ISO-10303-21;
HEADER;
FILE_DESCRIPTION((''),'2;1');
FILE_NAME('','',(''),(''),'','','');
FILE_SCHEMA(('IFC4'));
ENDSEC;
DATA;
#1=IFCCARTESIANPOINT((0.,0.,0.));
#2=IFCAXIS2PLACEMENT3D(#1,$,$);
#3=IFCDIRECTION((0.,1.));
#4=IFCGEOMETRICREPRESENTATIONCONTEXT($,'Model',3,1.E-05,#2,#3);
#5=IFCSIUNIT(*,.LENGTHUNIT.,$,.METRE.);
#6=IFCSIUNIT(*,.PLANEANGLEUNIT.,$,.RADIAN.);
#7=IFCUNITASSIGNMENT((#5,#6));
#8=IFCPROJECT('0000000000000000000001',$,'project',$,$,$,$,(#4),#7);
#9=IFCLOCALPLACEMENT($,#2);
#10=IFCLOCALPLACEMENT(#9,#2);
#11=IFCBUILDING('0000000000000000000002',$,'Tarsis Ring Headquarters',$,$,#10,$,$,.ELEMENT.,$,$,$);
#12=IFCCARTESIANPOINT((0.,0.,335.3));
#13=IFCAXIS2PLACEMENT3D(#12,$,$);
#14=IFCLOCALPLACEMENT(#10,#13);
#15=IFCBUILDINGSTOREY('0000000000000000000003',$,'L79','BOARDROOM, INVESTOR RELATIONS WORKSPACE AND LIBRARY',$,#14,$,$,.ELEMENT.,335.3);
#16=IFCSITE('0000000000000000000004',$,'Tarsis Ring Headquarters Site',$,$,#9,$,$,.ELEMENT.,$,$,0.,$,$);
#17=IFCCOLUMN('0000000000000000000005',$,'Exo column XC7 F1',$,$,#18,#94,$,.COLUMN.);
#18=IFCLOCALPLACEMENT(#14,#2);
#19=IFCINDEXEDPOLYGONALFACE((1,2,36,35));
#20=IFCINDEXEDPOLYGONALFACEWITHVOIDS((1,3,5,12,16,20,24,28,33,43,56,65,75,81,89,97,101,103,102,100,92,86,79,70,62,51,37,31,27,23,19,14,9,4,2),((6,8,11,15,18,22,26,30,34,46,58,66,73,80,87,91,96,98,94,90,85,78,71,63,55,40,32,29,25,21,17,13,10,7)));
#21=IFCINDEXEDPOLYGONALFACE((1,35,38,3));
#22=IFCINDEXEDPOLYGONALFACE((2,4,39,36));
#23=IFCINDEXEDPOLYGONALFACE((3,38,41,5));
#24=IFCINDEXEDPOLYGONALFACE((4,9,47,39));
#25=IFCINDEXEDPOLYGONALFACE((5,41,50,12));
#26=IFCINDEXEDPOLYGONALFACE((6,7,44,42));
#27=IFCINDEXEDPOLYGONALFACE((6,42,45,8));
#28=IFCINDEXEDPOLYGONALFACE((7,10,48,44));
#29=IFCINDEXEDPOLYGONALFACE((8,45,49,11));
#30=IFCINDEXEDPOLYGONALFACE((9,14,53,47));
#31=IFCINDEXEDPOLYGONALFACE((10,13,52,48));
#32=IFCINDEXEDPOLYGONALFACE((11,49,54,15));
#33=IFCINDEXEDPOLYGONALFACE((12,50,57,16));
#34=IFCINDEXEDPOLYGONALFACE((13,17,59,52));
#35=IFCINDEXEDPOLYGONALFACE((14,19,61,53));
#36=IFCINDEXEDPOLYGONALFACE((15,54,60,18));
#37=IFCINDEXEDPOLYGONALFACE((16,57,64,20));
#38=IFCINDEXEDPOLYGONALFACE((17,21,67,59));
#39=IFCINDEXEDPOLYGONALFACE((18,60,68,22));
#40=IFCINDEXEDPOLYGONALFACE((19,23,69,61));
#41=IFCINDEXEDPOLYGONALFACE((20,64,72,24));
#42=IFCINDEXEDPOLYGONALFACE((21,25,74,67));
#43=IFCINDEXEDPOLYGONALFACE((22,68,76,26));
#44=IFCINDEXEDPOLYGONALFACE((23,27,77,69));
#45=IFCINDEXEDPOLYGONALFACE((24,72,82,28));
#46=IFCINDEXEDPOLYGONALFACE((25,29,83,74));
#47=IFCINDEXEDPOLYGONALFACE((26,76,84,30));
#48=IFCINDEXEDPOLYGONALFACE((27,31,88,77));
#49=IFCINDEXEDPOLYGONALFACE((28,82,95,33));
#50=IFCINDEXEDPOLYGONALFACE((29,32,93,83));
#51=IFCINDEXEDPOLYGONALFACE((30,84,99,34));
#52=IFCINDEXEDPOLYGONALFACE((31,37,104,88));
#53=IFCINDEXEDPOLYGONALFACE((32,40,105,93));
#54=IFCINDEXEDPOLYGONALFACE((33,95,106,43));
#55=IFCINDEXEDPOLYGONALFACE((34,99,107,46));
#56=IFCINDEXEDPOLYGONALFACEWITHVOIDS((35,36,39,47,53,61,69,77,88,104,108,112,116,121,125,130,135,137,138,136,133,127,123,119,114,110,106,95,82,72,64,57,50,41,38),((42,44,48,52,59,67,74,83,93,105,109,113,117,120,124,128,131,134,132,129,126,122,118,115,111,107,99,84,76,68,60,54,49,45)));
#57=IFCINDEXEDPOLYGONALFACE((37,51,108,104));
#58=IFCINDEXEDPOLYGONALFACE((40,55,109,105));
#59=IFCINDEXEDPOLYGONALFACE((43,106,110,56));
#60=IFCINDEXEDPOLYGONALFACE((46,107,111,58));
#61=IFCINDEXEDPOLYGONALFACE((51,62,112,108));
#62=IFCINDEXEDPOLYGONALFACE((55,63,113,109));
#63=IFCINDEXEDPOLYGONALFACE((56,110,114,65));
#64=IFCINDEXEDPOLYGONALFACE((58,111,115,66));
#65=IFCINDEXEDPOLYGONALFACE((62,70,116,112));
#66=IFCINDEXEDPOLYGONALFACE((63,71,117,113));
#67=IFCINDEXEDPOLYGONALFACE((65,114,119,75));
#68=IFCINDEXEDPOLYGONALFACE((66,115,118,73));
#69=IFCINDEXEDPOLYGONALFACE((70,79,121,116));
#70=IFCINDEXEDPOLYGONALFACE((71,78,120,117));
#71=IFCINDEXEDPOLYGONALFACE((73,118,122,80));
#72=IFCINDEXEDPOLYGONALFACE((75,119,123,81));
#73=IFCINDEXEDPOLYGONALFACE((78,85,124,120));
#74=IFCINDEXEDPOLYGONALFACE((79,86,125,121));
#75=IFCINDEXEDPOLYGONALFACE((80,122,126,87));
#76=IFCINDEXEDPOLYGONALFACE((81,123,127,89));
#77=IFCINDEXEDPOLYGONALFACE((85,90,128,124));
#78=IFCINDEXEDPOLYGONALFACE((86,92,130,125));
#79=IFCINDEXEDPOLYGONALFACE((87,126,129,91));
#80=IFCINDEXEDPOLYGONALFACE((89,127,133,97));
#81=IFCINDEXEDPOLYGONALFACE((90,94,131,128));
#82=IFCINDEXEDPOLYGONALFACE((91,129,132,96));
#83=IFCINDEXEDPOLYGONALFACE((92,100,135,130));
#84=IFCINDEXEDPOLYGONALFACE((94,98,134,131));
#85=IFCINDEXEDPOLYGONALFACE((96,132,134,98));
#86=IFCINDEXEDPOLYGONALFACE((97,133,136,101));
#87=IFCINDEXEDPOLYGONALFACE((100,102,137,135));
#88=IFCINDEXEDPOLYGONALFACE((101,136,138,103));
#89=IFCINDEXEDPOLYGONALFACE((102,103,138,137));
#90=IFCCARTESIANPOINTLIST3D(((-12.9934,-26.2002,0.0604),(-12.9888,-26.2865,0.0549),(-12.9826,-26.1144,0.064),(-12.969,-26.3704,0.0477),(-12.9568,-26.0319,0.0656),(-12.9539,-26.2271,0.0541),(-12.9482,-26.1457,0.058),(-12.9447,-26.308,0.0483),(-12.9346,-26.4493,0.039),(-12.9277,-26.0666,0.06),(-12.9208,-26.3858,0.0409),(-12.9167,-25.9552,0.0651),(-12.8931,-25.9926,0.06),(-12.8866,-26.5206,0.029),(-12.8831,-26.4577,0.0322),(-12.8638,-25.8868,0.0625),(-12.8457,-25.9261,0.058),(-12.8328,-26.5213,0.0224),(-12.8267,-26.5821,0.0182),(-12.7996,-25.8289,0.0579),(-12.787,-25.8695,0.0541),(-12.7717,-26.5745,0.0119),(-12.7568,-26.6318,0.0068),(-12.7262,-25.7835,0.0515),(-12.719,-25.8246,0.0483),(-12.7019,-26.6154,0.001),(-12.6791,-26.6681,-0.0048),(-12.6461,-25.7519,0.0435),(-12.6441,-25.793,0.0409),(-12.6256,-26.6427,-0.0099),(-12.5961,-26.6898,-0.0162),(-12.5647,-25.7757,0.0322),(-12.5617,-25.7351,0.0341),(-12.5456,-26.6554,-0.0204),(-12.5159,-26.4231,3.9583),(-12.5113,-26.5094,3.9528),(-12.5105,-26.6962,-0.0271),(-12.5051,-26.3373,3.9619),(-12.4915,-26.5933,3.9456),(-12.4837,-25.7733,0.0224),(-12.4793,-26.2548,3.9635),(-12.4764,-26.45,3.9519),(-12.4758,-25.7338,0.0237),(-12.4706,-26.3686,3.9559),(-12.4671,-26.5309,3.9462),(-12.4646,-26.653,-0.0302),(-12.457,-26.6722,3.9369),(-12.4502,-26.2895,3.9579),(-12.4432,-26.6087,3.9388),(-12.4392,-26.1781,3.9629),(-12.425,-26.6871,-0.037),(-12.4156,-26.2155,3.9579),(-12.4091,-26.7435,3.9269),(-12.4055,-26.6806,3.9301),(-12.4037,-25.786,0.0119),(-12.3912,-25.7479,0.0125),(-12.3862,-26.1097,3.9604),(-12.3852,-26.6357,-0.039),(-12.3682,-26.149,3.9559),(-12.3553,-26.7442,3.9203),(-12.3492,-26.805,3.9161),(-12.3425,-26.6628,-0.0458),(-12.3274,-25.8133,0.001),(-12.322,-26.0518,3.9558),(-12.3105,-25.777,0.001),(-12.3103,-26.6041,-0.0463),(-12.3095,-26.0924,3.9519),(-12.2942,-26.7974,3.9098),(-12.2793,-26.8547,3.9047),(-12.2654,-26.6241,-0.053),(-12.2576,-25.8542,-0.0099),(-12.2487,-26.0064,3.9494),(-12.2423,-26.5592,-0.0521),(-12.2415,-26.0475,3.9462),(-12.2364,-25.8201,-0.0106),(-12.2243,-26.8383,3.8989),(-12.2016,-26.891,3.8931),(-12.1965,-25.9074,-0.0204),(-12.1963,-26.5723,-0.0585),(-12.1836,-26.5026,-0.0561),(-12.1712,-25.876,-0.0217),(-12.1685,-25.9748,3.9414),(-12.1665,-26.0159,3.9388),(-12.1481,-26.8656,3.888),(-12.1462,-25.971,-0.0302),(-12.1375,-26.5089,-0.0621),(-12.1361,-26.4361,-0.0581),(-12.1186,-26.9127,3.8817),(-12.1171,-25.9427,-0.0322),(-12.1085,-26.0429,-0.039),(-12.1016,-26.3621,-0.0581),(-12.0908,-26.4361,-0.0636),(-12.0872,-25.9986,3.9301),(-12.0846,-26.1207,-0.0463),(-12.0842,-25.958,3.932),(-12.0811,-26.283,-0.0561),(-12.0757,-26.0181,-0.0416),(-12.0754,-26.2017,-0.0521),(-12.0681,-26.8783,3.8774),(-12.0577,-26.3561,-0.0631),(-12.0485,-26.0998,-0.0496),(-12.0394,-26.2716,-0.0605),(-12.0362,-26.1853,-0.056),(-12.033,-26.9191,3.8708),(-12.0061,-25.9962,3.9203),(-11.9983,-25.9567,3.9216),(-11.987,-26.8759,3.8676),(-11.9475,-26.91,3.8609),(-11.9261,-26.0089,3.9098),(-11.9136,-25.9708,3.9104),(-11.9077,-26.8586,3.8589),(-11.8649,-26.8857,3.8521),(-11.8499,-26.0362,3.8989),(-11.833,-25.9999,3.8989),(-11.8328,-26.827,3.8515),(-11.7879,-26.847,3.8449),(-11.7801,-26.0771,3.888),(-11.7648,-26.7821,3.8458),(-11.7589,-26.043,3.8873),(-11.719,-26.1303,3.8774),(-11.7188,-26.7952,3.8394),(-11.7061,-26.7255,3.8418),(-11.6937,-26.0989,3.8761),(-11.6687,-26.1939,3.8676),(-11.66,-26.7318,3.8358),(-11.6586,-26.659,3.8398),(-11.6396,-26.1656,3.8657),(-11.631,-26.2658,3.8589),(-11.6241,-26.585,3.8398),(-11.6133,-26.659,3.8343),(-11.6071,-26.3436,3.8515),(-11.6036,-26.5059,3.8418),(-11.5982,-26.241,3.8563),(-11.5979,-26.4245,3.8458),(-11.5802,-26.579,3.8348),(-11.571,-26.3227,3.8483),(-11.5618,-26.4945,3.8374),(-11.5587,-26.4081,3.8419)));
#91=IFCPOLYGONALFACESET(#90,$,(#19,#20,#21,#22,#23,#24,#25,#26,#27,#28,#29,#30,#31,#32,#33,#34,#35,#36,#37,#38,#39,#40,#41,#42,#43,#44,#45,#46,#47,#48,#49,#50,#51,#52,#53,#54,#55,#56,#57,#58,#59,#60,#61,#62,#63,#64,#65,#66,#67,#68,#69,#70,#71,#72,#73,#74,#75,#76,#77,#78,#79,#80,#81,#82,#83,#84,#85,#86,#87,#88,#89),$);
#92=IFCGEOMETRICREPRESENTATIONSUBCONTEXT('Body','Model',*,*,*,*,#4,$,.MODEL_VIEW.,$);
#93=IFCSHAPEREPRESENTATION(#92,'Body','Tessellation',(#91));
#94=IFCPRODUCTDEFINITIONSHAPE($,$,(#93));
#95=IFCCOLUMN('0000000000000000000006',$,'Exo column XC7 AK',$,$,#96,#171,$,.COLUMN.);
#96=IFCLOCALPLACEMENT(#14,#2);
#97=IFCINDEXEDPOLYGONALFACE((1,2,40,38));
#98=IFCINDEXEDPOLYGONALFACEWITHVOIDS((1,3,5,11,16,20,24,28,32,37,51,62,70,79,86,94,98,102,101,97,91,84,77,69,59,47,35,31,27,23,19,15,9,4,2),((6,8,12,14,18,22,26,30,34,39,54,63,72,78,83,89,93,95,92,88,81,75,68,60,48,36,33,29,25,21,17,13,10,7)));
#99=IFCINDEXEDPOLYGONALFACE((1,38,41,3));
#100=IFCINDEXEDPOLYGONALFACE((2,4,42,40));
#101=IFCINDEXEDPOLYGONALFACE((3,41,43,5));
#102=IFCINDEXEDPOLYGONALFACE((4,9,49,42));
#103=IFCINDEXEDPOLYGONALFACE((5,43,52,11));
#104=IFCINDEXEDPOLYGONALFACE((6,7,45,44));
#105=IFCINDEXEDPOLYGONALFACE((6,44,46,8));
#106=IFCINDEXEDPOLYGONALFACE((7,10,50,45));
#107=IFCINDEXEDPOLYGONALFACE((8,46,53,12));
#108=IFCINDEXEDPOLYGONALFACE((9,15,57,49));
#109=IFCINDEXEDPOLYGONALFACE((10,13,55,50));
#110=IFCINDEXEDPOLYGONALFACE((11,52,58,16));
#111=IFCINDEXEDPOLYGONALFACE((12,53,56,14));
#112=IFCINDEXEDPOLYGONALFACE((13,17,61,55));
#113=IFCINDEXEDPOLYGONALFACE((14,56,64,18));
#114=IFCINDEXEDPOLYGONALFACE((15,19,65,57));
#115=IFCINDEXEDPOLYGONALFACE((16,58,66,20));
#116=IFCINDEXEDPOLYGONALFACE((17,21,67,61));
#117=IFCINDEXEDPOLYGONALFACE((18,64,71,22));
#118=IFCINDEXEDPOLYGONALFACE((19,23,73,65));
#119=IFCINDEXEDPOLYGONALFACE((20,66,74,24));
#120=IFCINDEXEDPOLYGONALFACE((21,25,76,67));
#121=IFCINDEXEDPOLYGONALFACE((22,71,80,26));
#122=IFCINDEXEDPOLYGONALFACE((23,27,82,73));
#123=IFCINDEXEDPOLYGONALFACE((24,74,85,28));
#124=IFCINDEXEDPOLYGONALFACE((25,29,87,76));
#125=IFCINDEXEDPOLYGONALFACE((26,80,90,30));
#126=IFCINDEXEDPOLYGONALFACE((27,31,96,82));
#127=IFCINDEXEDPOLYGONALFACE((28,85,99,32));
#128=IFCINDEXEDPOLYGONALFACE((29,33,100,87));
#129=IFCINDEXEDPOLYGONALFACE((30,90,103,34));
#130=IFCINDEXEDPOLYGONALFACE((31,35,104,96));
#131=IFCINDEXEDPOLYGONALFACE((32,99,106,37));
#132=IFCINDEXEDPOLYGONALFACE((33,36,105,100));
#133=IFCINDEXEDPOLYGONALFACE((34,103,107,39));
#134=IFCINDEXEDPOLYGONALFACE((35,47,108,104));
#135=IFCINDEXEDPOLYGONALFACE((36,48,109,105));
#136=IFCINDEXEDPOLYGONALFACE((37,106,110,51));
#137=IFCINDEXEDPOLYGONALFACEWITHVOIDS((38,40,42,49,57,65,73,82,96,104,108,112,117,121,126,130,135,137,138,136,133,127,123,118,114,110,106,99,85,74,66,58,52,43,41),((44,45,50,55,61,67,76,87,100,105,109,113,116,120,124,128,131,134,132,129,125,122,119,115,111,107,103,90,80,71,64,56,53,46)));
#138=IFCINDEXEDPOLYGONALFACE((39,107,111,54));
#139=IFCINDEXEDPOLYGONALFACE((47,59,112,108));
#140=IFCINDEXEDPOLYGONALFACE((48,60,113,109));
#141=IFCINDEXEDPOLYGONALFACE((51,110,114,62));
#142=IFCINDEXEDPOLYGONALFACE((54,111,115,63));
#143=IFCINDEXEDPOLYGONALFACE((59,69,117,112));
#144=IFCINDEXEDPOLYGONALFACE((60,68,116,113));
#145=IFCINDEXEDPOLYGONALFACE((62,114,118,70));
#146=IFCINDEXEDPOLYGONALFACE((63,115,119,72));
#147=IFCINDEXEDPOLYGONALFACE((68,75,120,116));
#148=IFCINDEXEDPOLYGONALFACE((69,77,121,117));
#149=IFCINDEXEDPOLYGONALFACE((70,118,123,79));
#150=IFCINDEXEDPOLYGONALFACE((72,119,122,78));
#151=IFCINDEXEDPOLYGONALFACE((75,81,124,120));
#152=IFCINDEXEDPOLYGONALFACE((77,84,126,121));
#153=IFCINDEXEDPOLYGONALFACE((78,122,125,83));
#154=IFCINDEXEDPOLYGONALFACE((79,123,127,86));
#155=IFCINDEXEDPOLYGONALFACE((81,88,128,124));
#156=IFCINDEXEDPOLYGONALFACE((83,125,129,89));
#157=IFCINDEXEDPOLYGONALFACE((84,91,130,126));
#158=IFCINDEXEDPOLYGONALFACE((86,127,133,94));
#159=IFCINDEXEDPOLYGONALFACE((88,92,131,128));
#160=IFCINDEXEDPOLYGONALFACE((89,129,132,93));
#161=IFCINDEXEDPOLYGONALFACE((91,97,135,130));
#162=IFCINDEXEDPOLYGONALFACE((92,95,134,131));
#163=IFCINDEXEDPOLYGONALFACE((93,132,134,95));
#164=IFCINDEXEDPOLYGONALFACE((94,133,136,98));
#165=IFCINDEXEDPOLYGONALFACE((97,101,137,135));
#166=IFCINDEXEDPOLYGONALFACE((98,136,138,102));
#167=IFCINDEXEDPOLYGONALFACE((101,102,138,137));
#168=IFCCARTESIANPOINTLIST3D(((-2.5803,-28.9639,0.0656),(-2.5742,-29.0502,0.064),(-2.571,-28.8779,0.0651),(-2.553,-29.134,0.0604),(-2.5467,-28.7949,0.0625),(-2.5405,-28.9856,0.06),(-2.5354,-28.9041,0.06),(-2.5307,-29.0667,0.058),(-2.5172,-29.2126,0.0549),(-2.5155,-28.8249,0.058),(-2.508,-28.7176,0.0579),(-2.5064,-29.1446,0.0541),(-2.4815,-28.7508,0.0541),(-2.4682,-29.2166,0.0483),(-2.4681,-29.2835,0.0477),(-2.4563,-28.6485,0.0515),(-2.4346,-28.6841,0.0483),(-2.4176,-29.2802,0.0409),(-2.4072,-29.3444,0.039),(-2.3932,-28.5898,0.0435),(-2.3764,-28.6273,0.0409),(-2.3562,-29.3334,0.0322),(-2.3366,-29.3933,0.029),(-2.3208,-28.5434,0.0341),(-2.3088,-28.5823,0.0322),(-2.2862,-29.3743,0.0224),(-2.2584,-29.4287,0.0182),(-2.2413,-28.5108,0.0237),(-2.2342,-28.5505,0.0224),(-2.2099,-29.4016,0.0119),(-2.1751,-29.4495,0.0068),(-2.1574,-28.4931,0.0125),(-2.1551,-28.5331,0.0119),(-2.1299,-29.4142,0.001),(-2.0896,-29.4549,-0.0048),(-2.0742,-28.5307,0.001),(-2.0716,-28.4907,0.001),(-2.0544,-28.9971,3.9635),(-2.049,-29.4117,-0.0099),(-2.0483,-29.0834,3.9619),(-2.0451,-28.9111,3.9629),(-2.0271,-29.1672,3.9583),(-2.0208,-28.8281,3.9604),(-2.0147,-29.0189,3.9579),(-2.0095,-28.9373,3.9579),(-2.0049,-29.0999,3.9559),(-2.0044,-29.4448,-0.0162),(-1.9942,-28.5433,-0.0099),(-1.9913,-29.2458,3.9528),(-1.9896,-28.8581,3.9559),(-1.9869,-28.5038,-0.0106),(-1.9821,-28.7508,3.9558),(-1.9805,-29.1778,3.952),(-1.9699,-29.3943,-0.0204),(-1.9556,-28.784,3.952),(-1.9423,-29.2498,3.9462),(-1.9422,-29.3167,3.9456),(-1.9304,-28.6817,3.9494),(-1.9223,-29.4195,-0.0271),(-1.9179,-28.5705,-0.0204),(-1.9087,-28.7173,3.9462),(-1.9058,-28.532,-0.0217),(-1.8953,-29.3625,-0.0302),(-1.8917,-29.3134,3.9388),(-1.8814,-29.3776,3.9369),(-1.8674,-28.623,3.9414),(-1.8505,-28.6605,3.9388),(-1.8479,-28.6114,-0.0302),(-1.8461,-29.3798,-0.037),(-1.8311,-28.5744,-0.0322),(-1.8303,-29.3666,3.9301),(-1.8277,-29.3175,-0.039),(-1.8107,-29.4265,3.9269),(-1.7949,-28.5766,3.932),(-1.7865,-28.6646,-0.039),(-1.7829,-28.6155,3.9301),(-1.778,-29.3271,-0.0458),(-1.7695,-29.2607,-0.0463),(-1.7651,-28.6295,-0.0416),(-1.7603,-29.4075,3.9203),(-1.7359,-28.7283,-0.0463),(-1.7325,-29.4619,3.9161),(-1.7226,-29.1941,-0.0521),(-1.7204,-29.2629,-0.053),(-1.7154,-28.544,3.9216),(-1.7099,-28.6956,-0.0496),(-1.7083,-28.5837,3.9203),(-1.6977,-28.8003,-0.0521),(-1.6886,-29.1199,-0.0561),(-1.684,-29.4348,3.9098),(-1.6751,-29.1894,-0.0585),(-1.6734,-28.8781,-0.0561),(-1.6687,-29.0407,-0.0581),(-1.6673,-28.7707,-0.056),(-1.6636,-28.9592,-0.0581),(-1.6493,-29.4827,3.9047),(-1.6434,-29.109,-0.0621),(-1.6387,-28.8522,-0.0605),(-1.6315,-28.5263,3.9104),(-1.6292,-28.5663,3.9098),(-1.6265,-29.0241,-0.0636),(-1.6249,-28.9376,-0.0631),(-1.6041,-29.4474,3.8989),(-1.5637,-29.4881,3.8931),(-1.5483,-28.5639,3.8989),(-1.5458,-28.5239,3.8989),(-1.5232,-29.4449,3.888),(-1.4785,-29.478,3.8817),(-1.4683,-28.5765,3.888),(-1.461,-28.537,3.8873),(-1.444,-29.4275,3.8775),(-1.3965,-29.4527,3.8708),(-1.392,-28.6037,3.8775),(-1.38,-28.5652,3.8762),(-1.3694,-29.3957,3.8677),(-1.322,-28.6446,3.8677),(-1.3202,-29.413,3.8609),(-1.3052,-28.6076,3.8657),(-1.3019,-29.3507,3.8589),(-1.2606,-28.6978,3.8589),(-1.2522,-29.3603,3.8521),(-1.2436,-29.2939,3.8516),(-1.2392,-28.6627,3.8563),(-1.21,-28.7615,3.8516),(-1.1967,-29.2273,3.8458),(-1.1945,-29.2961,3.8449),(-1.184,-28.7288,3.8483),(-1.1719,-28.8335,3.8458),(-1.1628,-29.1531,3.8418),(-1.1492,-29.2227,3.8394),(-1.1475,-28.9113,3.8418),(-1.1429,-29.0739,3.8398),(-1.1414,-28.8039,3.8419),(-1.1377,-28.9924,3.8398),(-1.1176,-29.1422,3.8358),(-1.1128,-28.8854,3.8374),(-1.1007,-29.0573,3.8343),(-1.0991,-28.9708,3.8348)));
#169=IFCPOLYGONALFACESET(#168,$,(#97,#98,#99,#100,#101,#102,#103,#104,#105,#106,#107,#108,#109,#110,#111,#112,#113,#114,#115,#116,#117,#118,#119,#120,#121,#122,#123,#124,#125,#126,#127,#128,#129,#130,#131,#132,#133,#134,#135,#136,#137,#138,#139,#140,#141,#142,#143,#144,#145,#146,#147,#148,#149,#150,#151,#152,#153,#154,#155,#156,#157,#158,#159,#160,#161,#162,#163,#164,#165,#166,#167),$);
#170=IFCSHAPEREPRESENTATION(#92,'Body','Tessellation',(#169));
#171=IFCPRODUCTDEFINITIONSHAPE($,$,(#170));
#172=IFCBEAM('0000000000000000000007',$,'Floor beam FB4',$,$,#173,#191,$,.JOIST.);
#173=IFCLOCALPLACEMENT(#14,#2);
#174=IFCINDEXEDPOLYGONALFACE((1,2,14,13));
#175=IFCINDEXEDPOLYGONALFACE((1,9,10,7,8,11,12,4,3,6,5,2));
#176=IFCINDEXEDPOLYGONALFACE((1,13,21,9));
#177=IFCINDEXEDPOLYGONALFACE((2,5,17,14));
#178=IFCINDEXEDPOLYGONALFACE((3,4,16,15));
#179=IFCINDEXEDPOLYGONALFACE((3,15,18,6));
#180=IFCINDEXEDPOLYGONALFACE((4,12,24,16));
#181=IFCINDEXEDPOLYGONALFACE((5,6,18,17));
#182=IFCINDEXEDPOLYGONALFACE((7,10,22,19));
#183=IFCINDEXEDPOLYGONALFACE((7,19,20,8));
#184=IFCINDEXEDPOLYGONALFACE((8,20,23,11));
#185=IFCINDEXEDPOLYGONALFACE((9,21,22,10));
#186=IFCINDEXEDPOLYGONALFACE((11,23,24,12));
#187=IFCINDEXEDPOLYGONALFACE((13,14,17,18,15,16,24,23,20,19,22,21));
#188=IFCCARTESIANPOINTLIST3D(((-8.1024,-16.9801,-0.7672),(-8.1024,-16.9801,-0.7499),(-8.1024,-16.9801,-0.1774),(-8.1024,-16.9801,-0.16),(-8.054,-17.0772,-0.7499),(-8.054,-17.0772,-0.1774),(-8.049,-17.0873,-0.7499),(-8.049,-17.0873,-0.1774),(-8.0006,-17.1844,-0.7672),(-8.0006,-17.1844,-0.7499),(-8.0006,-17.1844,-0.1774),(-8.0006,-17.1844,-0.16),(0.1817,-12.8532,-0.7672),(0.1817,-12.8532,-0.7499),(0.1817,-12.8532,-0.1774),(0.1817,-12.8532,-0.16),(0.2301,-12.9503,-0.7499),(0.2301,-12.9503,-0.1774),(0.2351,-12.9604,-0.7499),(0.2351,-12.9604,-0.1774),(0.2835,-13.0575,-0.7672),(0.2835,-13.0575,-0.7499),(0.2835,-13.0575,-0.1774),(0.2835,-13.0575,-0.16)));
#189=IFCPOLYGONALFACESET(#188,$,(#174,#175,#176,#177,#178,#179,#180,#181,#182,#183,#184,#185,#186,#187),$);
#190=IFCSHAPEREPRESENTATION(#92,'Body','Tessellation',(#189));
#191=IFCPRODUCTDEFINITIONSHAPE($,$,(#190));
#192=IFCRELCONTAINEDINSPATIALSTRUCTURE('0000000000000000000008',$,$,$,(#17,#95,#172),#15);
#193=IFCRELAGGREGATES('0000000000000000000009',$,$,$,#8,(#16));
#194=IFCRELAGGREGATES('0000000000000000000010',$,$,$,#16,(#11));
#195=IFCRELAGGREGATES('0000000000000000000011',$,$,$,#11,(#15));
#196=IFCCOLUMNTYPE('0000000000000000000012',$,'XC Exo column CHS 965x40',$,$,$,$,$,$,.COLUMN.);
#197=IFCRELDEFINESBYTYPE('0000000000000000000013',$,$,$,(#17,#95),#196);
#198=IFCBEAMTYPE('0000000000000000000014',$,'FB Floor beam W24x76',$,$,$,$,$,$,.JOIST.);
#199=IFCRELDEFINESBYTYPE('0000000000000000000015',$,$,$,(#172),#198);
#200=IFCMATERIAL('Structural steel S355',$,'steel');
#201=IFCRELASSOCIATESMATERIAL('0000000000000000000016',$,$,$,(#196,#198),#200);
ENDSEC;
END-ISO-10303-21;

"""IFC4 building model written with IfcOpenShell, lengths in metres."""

from ifc_helpers import new_model, si_unit, direction, frame, origin, origin_2d, place, context, subcontext, project, spatial, hollow_circle, i_section, extrude, material, material_profile, profile_set, type_object, element, save


model = new_model("IFC4")

# Units and contexts
model_context = context("Model", 3, precision=1e-05, world=origin(), true_north=direction((0.0, 1.0)))
body_context = subcontext(model_context, "Body", "Model", "MODEL_VIEW")
ifc_project = project(units=[si_unit("LENGTHUNIT", "METRE"), si_unit("PLANEANGLEUNIT", "RADIAN")], contexts=[model_context])

# Site, building, storey
site_placement = place(None, origin())
site = spatial("IfcSite", under=ifc_project, at=site_placement, Name="Tarsis Ring Headquarters Site", CompositionType="ELEMENT", RefElevation=0.0)
building_placement = place(site_placement, origin())
building = spatial("IfcBuilding", under=site, at=building_placement, Name="Tarsis Ring Headquarters", CompositionType="ELEMENT")
storey_placement = place(building_placement, frame((0.0, 0.0, 335.3)))
storey = spatial("IfcBuildingStorey", under=building, at=storey_placement, Name="L79", Description="BOARDROOM, INVESTOR RELATIONS WORKSPACE AND LIBRARY", CompositionType="ELEMENT", Elevation=335.3)

# Columns
ifc_material_1 = material(Name="Structural steel S355", Category="steel")
ifc_material_profile_1 = material_profile(ifc_material_1, hollow_circle(Radius=0.4827, WallThickness=0.04, at=origin_2d()), Name="CHS 965x40")
ifc_profile_set_1 = profile_set([ifc_material_profile_1], Name="Structural steel S355")
column_type = type_object("IfcColumnType", Name="XC Exo column CHS 965x40", PredefinedType="COLUMN", material=ifc_profile_set_1)
for number, where, z_axis, x_axis, name in (
    (1, (-12.5146, -26.2144, 0.001), (0.121406, -0.056668, 0.990984), (0.422962, 0.906148, 0.0), "Exo column XC7 F1"),
    (2, (-2.1021, -28.9724, 0.001), (0.133696, -0.008441, 0.990986), (0.063013, 0.998013, 0.0), "Exo column XC7 AK"),
):
    element("IfcColumn", number, at=place(storey_placement, frame(where, z_axis=z_axis, x_axis=x_axis)), inside=storey, type_object=column_type, Name=name, PredefinedType="COLUMN", context=body_context, shape_type="SweptSolid", body=[
        extrude(hollow_circle(Radius=0.4827, WallThickness=0.04, at=origin_2d()), origin(), (0.0, 0.0, 1.0), 3.9333),
    ])

# Beam
ifc_material_profile_2 = material_profile(ifc_material_1, i_section(OverallWidth=0.2283, OverallDepth=0.6072, WebThickness=0.0112, FlangeThickness=0.0173, at=origin_2d()), Name="W24x76")
ifc_profile_set_2 = profile_set([ifc_material_profile_2], Name="Structural steel S355")
beam_type_1 = type_object("IfcBeamType", Name="FB Floor beam W24x76", PredefinedType="JOIST", material=ifc_profile_set_2)
beam_1_placement = place(storey_placement, frame((-8.0515, -17.0823, -0.4636), z_axis=(0.89508, 0.445905, 0.0), x_axis=(-0.445905, 0.89508, 0.0)))
element("IfcBeam", 3, at=beam_1_placement, inside=storey, type_object=beam_type_1, Name="Floor beam FB4", PredefinedType="JOIST", context=body_context, shape_type="SweptSolid", body=[
    extrude(i_section(OverallWidth=0.2283, OverallDepth=0.6072, WebThickness=0.0112, FlangeThickness=0.0173, at=origin_2d()), origin(), (0.0, 0.0, 1.0), 9.2551),
])

save(model, "model.ifc")
